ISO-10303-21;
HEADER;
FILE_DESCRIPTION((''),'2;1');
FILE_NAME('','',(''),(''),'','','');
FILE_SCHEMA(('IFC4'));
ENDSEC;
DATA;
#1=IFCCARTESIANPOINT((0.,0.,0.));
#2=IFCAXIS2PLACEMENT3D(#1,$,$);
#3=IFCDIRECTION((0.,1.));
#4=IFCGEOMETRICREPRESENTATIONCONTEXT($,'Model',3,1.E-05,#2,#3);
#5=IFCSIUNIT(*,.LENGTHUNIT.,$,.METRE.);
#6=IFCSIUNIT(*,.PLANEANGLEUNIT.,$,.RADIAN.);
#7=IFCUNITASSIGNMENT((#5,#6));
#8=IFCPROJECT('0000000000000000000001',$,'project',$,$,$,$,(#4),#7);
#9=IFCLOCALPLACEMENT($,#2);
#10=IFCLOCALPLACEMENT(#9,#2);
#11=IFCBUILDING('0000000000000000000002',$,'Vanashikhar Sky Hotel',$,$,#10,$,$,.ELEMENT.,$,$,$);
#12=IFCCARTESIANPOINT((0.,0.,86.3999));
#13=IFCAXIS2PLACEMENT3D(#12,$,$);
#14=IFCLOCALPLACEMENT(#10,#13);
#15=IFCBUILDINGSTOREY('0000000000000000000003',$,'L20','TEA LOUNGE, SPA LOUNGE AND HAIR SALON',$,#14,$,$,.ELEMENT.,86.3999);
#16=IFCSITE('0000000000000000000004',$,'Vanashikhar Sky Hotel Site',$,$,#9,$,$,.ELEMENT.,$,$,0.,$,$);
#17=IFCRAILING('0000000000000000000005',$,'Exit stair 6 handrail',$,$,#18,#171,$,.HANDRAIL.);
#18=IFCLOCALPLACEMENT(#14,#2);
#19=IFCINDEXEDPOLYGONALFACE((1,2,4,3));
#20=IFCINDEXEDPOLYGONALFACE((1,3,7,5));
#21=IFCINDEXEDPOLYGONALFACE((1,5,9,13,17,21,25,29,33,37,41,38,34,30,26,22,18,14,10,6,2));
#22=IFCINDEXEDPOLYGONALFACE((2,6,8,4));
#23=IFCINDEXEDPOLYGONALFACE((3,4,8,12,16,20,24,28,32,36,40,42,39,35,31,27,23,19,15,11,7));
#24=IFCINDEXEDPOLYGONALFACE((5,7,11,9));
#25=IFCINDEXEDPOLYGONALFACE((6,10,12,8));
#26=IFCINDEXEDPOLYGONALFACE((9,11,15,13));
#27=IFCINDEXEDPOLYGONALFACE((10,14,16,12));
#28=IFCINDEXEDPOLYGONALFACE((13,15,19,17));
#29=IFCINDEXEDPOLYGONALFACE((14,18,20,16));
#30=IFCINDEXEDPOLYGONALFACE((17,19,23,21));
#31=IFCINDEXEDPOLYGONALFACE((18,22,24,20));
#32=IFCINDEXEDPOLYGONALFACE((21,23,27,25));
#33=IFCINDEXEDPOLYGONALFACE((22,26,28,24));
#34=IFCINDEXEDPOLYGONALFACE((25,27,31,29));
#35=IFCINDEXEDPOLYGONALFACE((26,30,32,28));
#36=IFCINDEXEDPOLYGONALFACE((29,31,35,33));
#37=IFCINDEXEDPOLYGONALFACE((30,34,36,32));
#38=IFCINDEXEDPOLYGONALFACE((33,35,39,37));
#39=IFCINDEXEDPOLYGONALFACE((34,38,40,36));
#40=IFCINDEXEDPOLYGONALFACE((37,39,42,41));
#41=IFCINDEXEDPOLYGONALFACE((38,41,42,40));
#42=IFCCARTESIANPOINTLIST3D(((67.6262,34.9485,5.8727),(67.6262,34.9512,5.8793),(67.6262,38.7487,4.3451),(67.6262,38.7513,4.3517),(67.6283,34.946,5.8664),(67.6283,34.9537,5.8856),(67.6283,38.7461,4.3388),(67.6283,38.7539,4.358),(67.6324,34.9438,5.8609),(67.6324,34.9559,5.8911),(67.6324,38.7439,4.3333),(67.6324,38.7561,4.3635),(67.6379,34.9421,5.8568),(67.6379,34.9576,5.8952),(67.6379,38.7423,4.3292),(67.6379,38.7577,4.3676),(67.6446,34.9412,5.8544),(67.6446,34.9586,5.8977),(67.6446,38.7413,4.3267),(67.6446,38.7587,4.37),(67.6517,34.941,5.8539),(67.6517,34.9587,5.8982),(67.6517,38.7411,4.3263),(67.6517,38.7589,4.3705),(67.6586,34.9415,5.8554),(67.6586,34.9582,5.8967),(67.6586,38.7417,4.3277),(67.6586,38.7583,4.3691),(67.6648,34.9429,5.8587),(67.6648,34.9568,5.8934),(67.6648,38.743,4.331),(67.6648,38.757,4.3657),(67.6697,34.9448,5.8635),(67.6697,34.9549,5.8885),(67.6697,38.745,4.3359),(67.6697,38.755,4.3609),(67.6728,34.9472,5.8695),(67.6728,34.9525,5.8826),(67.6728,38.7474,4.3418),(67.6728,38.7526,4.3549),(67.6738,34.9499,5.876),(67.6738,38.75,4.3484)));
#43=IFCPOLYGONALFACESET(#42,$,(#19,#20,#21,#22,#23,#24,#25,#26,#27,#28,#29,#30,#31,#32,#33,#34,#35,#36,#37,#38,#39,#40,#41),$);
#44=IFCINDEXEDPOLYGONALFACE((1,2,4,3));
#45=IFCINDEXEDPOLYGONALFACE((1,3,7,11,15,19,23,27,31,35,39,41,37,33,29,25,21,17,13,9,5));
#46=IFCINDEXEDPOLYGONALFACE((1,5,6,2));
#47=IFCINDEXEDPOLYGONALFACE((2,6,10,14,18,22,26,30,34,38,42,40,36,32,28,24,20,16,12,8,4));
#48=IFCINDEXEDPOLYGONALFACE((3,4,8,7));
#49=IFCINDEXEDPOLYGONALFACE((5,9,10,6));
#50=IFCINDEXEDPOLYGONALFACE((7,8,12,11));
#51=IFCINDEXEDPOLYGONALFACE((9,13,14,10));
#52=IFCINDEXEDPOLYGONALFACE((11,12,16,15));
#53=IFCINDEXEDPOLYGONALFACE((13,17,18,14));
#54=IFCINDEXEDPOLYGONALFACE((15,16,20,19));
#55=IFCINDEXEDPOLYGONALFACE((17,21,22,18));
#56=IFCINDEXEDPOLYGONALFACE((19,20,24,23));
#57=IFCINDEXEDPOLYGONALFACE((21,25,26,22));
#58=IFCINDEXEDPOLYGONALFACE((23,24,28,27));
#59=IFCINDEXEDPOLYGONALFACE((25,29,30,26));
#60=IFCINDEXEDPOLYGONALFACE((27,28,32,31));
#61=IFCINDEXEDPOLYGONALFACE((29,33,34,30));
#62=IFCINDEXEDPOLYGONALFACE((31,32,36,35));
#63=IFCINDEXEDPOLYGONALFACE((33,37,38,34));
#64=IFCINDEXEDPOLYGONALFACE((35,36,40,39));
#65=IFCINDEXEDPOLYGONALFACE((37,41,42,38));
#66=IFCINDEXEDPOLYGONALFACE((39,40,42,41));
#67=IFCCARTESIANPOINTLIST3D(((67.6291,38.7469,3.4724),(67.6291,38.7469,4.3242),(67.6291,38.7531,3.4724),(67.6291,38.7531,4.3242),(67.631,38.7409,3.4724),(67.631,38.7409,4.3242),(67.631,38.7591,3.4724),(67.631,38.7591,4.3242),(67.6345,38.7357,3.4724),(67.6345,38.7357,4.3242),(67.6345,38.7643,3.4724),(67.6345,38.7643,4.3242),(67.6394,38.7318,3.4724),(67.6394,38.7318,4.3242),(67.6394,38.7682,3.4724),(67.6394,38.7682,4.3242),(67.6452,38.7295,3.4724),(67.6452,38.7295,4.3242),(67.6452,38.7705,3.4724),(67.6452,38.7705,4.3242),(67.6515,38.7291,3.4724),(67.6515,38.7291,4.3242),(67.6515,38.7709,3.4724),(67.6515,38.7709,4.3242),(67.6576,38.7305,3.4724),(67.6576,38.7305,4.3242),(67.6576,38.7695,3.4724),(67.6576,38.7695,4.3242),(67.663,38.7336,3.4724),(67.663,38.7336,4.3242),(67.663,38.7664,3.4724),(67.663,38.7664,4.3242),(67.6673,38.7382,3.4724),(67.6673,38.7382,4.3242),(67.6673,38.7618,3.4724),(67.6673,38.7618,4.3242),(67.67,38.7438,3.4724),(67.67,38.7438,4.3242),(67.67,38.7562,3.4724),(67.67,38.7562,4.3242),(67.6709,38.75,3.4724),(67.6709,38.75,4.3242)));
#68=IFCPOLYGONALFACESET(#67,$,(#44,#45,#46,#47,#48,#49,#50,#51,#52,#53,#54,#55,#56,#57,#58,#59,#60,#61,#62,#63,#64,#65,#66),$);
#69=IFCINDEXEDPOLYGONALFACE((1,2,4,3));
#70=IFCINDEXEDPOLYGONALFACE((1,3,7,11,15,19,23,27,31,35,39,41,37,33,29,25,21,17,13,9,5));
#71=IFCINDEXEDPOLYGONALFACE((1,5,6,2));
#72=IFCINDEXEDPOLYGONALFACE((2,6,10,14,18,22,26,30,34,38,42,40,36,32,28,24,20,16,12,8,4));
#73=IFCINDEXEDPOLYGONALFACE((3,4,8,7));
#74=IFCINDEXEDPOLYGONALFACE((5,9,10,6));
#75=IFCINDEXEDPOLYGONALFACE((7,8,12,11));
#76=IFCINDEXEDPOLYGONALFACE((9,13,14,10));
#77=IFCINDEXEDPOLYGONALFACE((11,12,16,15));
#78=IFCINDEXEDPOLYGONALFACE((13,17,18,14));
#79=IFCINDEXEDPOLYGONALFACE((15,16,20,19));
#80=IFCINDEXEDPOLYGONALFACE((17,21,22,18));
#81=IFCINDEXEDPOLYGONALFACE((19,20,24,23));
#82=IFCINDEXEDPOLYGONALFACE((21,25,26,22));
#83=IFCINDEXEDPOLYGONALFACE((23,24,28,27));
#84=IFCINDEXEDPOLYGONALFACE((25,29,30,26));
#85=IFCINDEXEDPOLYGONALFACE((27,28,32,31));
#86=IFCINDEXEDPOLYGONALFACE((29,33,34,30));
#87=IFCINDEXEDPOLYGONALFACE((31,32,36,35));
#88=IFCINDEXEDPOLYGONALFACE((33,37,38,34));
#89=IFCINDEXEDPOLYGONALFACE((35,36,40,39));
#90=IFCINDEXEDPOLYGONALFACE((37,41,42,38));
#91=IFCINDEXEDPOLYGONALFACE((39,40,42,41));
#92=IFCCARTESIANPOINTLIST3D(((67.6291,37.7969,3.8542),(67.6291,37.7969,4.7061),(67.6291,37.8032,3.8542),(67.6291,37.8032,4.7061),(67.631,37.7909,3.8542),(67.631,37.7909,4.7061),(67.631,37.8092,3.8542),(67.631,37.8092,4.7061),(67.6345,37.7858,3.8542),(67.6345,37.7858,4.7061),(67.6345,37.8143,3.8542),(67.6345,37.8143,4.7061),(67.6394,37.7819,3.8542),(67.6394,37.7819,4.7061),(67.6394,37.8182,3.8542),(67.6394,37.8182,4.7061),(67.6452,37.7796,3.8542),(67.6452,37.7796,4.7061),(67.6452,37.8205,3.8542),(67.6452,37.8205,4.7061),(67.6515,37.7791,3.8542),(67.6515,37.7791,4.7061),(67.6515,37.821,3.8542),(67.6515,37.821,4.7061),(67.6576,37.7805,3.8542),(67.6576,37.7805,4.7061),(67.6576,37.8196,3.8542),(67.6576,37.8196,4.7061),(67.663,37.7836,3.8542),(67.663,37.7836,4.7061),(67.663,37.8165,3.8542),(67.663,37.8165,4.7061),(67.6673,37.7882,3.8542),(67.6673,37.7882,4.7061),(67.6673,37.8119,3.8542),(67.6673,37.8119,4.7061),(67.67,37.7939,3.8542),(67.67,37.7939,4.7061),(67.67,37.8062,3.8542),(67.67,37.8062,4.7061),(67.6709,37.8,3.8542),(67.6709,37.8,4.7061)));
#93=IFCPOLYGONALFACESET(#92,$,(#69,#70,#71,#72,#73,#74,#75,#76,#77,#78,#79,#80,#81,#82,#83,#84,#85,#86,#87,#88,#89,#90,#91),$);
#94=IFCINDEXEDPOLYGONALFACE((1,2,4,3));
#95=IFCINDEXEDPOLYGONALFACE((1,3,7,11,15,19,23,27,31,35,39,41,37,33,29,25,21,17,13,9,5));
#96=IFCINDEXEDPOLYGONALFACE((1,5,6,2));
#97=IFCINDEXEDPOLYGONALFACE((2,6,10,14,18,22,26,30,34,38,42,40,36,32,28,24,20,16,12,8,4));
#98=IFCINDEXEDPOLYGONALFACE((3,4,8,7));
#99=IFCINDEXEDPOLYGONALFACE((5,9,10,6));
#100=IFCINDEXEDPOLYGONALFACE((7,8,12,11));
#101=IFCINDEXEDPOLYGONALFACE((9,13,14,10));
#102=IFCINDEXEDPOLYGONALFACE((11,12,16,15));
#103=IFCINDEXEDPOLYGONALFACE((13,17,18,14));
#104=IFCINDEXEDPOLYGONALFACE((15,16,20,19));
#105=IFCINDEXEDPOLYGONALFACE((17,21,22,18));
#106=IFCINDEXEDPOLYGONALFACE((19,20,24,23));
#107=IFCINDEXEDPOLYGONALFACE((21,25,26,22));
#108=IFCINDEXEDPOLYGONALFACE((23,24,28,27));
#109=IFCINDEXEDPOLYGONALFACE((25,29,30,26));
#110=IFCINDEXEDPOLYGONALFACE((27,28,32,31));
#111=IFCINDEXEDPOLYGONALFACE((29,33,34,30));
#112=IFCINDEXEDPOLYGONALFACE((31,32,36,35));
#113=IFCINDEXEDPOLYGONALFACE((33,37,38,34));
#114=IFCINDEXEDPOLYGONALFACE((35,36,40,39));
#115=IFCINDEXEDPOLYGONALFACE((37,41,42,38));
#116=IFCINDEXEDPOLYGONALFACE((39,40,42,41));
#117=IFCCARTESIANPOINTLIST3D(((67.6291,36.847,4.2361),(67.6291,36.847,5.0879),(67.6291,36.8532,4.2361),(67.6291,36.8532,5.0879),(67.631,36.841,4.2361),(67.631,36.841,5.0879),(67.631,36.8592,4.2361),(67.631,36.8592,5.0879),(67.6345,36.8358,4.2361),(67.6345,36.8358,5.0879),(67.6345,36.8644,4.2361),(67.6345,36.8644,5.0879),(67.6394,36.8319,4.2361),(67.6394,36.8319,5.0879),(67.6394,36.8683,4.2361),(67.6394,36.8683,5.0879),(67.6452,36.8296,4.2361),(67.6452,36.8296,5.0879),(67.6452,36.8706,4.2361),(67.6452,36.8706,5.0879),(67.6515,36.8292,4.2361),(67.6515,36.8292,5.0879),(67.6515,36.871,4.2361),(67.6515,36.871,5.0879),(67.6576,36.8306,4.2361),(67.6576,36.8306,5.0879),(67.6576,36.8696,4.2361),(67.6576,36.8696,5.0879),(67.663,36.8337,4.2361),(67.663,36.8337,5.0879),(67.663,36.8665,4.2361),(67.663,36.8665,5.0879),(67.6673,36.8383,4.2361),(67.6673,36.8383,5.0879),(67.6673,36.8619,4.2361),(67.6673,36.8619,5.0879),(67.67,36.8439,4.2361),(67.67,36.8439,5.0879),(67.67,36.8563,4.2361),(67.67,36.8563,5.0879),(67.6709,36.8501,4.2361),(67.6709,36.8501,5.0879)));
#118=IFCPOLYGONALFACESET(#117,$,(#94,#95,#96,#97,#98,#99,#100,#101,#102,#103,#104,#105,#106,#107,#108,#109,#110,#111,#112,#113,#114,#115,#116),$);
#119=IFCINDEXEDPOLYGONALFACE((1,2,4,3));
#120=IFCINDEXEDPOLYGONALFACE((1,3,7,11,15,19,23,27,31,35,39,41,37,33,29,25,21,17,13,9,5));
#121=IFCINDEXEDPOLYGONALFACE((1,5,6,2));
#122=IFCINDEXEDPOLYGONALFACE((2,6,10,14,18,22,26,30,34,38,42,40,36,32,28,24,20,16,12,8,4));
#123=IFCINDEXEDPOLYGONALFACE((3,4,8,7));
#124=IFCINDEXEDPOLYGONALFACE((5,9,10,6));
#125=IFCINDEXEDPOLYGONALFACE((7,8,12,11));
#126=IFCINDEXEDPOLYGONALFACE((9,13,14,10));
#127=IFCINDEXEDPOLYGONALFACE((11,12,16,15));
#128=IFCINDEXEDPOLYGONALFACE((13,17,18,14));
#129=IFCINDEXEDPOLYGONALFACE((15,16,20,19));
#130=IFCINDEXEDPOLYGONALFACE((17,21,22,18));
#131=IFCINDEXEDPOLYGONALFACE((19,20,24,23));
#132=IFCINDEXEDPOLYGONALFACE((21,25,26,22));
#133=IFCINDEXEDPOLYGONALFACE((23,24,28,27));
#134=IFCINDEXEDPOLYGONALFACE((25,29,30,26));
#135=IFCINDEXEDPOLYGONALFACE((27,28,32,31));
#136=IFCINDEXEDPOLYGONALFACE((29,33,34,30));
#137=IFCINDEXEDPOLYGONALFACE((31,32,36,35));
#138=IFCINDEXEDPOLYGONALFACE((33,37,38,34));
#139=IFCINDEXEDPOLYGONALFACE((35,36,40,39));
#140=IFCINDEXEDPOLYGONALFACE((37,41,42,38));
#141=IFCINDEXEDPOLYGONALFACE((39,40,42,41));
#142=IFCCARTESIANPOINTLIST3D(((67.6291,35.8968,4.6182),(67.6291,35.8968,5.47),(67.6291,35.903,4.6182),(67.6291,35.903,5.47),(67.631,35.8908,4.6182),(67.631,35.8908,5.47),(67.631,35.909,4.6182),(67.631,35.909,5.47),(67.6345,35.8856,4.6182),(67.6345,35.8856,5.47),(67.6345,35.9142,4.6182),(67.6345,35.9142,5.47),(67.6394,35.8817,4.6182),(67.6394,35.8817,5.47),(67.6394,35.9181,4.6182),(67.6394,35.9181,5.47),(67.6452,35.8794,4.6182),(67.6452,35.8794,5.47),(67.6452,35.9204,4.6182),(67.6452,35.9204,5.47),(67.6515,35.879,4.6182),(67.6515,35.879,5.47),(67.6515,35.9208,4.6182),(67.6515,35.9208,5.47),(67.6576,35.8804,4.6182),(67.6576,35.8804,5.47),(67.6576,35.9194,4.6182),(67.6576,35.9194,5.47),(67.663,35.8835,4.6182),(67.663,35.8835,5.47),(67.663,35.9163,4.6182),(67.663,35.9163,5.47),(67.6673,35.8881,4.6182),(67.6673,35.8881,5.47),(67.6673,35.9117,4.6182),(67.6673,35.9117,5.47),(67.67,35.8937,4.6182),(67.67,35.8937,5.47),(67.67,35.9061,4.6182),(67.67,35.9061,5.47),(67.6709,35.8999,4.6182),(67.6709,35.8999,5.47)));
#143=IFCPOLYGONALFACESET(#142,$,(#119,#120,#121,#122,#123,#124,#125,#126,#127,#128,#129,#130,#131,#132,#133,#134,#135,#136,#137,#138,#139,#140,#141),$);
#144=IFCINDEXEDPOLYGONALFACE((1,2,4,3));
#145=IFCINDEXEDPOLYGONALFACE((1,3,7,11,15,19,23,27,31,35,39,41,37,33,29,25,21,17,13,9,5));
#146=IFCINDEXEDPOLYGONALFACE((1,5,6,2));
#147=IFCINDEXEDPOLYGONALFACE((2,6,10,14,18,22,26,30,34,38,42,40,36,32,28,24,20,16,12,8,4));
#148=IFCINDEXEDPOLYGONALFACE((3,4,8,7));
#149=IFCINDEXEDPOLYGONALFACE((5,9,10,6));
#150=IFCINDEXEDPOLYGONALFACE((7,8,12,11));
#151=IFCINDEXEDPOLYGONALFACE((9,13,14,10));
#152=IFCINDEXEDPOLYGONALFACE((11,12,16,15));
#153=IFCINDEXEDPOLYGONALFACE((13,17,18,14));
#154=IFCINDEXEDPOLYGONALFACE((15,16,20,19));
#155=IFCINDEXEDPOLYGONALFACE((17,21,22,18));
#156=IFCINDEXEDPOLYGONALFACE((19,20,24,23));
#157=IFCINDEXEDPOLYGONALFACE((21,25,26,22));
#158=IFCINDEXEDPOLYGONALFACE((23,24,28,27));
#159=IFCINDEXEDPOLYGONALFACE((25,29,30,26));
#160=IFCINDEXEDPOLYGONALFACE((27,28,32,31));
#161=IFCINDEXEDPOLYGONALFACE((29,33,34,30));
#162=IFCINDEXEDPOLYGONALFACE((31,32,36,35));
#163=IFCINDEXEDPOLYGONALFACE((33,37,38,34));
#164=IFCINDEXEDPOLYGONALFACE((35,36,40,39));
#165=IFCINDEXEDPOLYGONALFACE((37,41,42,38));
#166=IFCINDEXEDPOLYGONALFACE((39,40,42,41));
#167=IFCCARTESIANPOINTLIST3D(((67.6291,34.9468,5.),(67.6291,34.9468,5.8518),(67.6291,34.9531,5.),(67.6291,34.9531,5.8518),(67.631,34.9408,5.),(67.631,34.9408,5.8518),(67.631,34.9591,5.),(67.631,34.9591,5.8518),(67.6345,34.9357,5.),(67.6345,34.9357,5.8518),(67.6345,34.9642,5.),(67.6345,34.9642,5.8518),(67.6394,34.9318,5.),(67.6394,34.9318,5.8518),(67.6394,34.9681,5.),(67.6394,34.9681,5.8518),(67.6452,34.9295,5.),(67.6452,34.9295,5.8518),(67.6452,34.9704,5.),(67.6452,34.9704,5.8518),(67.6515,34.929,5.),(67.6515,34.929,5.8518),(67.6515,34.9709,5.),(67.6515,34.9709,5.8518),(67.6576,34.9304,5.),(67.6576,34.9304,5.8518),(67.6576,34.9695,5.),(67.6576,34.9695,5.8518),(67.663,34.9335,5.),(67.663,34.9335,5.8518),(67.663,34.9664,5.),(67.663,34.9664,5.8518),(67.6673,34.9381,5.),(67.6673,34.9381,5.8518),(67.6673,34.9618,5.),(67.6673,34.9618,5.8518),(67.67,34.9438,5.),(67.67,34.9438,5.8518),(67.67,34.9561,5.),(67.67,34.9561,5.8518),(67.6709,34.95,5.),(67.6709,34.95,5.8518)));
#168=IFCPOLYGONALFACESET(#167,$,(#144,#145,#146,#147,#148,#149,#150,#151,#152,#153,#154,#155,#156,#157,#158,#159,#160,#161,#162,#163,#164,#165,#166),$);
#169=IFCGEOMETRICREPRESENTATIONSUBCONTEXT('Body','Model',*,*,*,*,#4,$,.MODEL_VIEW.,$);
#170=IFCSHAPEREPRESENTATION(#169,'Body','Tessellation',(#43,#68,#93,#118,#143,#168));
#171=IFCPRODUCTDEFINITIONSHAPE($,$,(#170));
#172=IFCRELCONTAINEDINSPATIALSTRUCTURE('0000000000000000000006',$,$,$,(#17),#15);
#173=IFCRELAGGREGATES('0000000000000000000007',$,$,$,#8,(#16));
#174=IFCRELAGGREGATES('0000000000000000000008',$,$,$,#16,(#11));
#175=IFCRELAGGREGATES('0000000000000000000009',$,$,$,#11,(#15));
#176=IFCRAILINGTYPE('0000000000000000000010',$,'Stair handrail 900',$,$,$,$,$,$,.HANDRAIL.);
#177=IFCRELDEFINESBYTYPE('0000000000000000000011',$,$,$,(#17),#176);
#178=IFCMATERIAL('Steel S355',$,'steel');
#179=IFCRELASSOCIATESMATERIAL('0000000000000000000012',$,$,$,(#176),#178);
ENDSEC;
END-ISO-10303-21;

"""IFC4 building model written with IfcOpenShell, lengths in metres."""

from ifc_helpers import new_model, si_unit, direction, frame, origin, origin_2d, place, context, subcontext, project, spatial, circle, extrude, source, transform, mapped, material, type_object, element, save


model = new_model("IFC4")

# Units and contexts
model_context = context("Model", 3, precision=1e-05, world=origin(), true_north=direction((0.0, 1.0)))
body_context = subcontext(model_context, "Body", "Model", "MODEL_VIEW")
ifc_project = project(units=[si_unit("LENGTHUNIT", "METRE"), si_unit("PLANEANGLEUNIT", "RADIAN")], contexts=[model_context])

# Site, building, storey
site_placement = place(None, origin())
site = spatial("IfcSite", under=ifc_project, at=site_placement, Name="Vanashikhar Sky Hotel Site", CompositionType="ELEMENT", RefElevation=0.0)
building_placement = place(site_placement, origin())
building = spatial("IfcBuilding", under=site, at=building_placement, Name="Vanashikhar Sky Hotel", CompositionType="ELEMENT")
storey_placement = place(building_placement, frame((0.0, 0.0, 86.3999)))
storey = spatial("IfcBuildingStorey", under=building, at=storey_placement, Name="L20", Description="TEA LOUNGE, SPA LOUNGE AND HAIR SALON", CompositionType="ELEMENT", Elevation=86.3999)

# Railing
ifc_material_1 = material(Name="Steel S355", Category="steel")
railing_type_1 = type_object("IfcRailingType", Name="Stair handrail 900", PredefinedType="HANDRAIL", material=ifc_material_1)
shared_shape_1 = source(origin(), body_context, "Body", "SweptSolid", [
    extrude(circle(Radius=0.0239, at=origin_2d()), frame((0.0, 0.0, 0.876), z_axis=(0.0, -0.927838, 0.372983), x_axis=(1.0, 0.0, 0.0)), (0.0, 0.0, 1.0), 4.0957),
    extrude(circle(Radius=0.021, at=origin_2d()), origin(), (0.0, 0.0, 1.0), 0.8518),
    extrude(circle(Radius=0.021, at=origin_2d()), frame((0.0, -0.95, 0.3818)), (0.0, 0.0, 1.0), 0.8518),
    extrude(circle(Radius=0.021, at=origin_2d()), frame((0.0, -1.8999, 0.7637)), (0.0, 0.0, 1.0), 0.8518),
    extrude(circle(Radius=0.021, at=origin_2d()), frame((0.0, -2.8501, 1.1458)), (0.0, 0.0, 1.0), 0.8518),
    extrude(circle(Radius=0.021, at=origin_2d()), frame((0.0, -3.8, 1.5276)), (0.0, 0.0, 1.0), 0.8518),
])
for number, where, name in (
    (1, (67.6499, 38.75, 3.4724), "Exit stair 6 handrail"),
):
    element("IfcRailing", number, at=place(storey_placement, frame(where)), inside=storey, type_object=railing_type_1, Name=name, PredefinedType="HANDRAIL", context=body_context, shape_type="MappedRepresentation", body=[
        mapped(shared_shape_1, transform((0.0, 0.0, 0.0), scale=1.0)),
    ])

save(model, "model.ifc")
